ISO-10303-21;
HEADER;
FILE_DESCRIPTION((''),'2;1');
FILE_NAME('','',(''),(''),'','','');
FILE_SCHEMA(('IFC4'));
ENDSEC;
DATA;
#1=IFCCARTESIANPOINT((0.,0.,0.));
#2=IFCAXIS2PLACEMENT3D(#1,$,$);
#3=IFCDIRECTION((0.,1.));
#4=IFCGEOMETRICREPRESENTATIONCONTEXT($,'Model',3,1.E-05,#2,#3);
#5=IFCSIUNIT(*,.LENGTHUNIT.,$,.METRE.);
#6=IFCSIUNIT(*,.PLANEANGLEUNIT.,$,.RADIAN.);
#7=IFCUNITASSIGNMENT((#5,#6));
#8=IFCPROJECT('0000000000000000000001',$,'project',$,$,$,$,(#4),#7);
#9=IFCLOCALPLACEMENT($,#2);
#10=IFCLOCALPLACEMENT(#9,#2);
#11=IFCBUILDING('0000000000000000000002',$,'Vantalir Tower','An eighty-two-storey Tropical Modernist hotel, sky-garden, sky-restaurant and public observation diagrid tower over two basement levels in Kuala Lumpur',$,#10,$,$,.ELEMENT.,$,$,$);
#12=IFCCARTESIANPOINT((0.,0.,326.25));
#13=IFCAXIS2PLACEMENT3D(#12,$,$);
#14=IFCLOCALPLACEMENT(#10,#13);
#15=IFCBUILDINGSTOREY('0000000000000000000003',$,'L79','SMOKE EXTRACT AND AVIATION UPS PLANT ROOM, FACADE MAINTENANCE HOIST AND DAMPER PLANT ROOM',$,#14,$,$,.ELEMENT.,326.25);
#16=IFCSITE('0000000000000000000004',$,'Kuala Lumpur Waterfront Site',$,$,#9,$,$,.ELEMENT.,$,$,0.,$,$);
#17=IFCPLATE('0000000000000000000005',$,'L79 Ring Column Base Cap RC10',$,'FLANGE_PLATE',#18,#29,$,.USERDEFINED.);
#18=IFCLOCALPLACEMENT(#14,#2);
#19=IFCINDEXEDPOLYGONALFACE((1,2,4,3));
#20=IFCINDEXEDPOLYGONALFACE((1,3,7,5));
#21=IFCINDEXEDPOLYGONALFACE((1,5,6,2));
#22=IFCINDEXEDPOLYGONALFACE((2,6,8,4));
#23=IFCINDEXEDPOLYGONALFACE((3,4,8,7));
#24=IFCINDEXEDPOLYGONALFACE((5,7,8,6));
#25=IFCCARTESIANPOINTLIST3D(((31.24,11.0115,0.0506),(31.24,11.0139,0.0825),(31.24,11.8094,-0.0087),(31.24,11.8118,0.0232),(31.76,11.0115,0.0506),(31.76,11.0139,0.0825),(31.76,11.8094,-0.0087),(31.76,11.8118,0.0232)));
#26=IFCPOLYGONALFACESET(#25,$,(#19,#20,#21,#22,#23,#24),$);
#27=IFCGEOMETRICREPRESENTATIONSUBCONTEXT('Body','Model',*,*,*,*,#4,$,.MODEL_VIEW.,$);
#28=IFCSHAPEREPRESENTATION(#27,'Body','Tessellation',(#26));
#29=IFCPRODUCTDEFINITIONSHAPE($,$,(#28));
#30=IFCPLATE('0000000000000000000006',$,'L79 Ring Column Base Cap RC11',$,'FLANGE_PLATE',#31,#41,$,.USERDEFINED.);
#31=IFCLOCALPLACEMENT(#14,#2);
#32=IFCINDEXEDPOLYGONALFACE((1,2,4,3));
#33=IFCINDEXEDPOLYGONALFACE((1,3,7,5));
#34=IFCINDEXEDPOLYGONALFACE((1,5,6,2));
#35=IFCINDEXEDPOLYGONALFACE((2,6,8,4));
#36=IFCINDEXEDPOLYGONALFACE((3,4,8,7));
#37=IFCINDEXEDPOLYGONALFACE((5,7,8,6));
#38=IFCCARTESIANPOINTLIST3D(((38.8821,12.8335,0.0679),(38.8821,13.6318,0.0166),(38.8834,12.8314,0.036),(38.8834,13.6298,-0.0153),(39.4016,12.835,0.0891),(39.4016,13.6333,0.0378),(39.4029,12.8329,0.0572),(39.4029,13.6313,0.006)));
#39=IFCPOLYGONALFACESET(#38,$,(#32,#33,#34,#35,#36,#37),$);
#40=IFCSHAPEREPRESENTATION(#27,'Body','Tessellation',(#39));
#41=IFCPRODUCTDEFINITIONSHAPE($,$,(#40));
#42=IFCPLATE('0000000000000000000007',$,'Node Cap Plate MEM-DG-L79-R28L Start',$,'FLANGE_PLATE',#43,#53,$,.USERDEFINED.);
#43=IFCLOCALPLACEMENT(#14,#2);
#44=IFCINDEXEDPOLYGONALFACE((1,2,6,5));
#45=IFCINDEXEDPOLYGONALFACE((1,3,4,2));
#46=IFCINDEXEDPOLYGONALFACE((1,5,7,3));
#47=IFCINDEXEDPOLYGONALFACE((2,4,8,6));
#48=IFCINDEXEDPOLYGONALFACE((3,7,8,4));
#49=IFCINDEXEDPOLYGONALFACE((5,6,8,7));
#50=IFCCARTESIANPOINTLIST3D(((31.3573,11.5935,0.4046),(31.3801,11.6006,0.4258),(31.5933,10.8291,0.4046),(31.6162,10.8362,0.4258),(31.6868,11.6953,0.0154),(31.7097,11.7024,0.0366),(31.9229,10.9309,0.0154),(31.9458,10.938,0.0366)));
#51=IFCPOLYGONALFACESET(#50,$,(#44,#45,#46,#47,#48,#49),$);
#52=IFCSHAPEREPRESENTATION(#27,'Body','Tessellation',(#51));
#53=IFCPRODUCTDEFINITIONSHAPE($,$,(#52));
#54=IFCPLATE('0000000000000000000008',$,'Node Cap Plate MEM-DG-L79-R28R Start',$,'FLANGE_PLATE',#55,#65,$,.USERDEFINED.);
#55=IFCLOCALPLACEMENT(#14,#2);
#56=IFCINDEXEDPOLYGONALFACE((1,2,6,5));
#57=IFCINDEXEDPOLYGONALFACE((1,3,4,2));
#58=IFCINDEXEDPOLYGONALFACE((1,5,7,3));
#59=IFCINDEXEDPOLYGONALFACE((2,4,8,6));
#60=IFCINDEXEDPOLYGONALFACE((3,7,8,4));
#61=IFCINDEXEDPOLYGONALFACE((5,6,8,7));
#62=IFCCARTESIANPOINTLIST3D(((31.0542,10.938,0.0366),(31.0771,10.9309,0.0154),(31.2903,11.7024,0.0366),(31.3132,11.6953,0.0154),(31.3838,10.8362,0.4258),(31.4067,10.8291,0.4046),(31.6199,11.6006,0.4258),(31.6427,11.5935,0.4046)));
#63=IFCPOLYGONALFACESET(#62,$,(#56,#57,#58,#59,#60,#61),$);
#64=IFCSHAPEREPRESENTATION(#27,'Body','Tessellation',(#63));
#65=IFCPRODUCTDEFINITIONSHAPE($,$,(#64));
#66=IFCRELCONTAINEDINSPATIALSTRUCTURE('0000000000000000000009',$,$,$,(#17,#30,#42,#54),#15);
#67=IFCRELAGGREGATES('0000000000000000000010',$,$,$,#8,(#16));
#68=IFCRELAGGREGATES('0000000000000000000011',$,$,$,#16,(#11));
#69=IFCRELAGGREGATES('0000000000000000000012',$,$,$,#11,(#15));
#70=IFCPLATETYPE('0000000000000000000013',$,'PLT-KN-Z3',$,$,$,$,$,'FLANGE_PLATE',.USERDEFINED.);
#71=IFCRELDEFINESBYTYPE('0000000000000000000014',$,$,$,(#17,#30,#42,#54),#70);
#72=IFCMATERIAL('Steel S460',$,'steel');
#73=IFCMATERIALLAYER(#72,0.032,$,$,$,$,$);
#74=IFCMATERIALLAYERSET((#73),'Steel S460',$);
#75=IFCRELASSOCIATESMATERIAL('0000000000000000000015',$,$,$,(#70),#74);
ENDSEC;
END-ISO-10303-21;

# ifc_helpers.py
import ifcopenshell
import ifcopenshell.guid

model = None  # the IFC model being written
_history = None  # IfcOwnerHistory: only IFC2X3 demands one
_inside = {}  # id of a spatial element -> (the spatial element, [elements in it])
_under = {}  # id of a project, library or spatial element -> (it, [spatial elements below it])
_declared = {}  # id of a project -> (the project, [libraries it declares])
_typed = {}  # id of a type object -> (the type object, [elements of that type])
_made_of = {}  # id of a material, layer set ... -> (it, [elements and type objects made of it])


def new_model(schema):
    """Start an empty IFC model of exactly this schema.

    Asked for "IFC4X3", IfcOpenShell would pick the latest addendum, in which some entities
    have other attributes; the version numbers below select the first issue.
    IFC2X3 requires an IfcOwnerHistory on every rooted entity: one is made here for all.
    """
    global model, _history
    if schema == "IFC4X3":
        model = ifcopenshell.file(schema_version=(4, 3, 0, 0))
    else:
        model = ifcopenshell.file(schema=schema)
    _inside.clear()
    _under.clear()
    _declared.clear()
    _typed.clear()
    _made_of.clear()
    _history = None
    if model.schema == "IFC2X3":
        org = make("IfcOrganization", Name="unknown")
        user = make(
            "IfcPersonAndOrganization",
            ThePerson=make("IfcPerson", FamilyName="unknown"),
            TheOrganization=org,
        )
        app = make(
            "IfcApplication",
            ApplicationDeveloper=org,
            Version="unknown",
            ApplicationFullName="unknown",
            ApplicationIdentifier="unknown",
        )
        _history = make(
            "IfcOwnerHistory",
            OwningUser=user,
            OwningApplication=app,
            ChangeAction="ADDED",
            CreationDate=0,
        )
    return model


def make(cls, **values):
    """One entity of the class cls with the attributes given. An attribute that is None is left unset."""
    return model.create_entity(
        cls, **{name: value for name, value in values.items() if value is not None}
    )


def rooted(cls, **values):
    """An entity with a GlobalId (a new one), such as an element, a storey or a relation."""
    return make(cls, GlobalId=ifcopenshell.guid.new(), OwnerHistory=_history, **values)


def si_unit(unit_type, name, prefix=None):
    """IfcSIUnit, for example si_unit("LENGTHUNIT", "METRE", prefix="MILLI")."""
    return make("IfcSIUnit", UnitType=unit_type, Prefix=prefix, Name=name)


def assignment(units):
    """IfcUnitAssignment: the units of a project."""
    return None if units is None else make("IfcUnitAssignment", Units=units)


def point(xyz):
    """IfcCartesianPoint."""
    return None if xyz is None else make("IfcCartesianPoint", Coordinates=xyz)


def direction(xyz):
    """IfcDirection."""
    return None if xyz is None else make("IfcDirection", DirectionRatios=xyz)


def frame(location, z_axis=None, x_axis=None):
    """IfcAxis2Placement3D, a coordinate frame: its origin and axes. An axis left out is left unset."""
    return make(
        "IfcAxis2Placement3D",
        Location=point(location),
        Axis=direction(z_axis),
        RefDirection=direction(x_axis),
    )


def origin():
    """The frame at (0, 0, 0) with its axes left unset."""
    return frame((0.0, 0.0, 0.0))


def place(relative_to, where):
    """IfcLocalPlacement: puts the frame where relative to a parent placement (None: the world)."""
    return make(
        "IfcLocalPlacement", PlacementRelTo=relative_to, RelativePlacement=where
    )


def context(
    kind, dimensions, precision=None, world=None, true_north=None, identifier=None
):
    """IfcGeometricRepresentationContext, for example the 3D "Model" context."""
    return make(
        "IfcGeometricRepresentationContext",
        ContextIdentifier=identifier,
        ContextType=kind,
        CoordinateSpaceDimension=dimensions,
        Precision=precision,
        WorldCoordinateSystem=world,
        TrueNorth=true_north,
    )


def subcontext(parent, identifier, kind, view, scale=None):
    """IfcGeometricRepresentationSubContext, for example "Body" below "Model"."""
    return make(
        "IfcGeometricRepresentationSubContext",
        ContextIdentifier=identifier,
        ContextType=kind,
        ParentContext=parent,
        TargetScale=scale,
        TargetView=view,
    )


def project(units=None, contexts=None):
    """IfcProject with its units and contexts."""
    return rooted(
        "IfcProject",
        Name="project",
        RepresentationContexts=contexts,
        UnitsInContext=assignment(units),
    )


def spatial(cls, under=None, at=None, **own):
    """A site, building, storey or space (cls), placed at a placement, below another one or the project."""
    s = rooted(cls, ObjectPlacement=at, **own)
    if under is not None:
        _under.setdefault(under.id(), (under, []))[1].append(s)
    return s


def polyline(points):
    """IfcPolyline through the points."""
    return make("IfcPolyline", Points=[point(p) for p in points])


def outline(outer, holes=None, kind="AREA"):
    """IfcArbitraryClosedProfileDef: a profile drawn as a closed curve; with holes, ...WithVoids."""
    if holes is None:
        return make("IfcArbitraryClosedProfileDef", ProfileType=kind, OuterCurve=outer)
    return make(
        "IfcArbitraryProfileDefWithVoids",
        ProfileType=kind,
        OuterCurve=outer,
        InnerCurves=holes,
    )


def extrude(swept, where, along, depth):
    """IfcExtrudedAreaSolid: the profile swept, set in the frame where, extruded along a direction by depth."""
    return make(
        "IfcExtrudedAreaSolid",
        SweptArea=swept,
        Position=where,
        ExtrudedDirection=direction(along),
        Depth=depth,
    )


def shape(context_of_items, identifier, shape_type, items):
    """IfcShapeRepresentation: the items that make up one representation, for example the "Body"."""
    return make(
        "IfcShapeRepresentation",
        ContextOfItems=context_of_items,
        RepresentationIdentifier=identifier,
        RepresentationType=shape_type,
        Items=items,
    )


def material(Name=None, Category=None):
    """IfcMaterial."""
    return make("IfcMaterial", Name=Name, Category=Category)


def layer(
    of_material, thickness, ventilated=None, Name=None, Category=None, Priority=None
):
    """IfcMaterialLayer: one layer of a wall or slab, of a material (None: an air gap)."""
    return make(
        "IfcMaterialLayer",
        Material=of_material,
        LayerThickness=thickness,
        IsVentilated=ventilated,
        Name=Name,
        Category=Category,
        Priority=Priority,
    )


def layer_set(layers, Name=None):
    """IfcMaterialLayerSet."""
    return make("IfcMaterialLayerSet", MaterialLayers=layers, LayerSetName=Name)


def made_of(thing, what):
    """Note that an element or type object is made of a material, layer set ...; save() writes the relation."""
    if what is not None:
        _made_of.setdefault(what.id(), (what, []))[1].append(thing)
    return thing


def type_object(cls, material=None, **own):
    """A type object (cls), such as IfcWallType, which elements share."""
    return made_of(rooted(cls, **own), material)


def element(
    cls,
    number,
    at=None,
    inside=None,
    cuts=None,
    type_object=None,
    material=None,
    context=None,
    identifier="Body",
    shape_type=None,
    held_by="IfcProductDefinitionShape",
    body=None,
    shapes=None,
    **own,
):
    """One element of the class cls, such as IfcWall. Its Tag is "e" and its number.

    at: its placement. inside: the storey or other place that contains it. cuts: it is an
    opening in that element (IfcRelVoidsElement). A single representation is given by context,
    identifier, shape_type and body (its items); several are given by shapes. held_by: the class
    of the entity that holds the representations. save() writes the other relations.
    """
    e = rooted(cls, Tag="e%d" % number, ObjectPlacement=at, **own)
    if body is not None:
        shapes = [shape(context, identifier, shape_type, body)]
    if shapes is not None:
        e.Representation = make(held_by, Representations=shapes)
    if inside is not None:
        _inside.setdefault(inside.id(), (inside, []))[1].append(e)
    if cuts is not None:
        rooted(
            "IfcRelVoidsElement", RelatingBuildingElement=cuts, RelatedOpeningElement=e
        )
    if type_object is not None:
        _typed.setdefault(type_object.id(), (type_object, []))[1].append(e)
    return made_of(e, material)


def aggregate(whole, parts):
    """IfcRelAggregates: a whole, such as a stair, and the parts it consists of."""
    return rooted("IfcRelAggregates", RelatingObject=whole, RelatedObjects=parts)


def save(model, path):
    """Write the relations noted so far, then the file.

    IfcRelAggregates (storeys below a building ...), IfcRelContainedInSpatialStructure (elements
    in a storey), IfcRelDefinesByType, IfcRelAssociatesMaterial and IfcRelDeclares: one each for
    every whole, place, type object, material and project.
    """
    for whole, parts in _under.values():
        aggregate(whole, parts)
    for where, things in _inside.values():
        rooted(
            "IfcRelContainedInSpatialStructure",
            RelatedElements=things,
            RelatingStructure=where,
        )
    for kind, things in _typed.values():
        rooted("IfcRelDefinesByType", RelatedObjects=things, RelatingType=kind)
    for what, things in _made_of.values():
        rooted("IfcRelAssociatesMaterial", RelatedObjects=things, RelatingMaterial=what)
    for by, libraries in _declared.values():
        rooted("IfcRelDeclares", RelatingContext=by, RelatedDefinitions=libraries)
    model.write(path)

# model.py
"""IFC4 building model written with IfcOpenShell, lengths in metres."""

from ifc_helpers import new_model, si_unit, direction, frame, origin, place, context, subcontext, project, spatial, polyline, outline, extrude, material, layer, layer_set, type_object, element, save


model = new_model("IFC4")

# Units and contexts
model_context = context("Model", 3, precision=1e-05, world=origin(), true_north=direction((0.0, 1.0)))
body_context = subcontext(model_context, "Body", "Model", "MODEL_VIEW")
ifc_project = project(units=[si_unit("LENGTHUNIT", "METRE"), si_unit("PLANEANGLEUNIT", "RADIAN")], contexts=[model_context])

# Site, building, storey
site_placement = place(None, origin())
site = spatial("IfcSite", under=ifc_project, at=site_placement, Name="Kuala Lumpur Waterfront Site", CompositionType="ELEMENT", RefElevation=0.0)
building_placement = place(site_placement, origin())
building = spatial("IfcBuilding", under=site, at=building_placement, Name="Vantalir Tower", Description="An eighty-two-storey Tropical Modernist hotel, sky-garden, sky-restaurant and public observation diagrid tower over two basement levels in Kuala Lumpur", CompositionType="ELEMENT")
storey_placement = place(building_placement, frame((0.0, 0.0, 326.25)))
storey = spatial("IfcBuildingStorey", under=building, at=storey_placement, Name="L79", Description="SMOKE EXTRACT AND AVIATION UPS PLANT ROOM, FACADE MAINTENANCE HOIST AND DAMPER PLANT ROOM", CompositionType="ELEMENT", Elevation=326.25)

# Shared definitions
ifc_material_1 = material(Name="Steel S460", Category="steel")

# Plates
ifc_layer_1 = layer(ifc_material_1, 0.032)
ifc_layer_set_1 = layer_set([ifc_layer_1], Name="Steel S460")
plate_type_1 = type_object("IfcPlateType", Name="PLT-KN-Z3", ElementType="FLANGE_PLATE", PredefinedType="USERDEFINED", material=ifc_layer_set_1)
plate_1_placement = place(storey_placement, frame((31.24, 11.8118, 0.0232), z_axis=(0.0, 0.074153, 0.997247), x_axis=(0.0, -0.997247, 0.074153)))
element("IfcPlate", 1, at=plate_1_placement, inside=storey, type_object=plate_type_1, Name="L79 Ring Column Base Cap RC10", ObjectType="FLANGE_PLATE", PredefinedType="USERDEFINED", context=body_context, shape_type="SweptSolid", body=[
    extrude(outline(polyline([(0.0, 0.0), (0.8001, 0.0), (0.8001, 0.52), (0.0, 0.52), (0.0, 0.0)])), origin(), (0.0, 0.0, -1.0), 0.032),
])
plate_2_placement = place(storey_placement, frame((38.8821, 13.6318, 0.0166), z_axis=(-0.040946, 0.064034, 0.997107), x_axis=(0.0, -0.997944, 0.064088)))
element("IfcPlate", 2, at=plate_2_placement, inside=storey, type_object=plate_type_1, Name="L79 Ring Column Base Cap RC11", ObjectType="FLANGE_PLATE", PredefinedType="USERDEFINED", context=body_context, shape_type="SweptSolid", body=[
    extrude(outline(polyline([(0.0, 0.0), (0.8, 0.0), (0.7999, 0.52), (-0.0001, 0.52), (0.0, 0.0)])), origin(), (0.0, 0.0, -1.0), 0.032),
])
plate_3_placement = place(storey_placement, frame((31.9458, 10.938, 0.0366), z_axis=(0.715006, 0.220827, 0.663327), x_axis=(-0.295094, 0.955468, 0.0)))
element("IfcPlate", 3, at=plate_3_placement, inside=storey, type_object=plate_type_1, Name="Node Cap Plate MEM-DG-L79-R28L Start", ObjectType="FLANGE_PLATE", PredefinedType="USERDEFINED", context=body_context, shape_type="SweptSolid", body=[
    extrude(outline(polyline([(0.0, 0.0), (0.8, 0.0), (0.8, 0.52), (0.0, 0.52), (0.0, 0.0)])), origin(), (0.0, 0.0, -1.0), 0.032),
])
plate_4_placement = place(storey_placement, frame((31.2903, 11.7024, 0.0366), z_axis=(-0.715006, 0.220827, 0.663327), x_axis=(-0.295094, -0.955468, 0.0)))
element("IfcPlate", 4, at=plate_4_placement, inside=storey, type_object=plate_type_1, Name="Node Cap Plate MEM-DG-L79-R28R Start", ObjectType="FLANGE_PLATE", PredefinedType="USERDEFINED", context=body_context, shape_type="SweptSolid", body=[
    extrude(outline(polyline([(0.0, 0.0), (0.8, 0.0), (0.8, 0.52), (0.0, 0.52), (0.0, 0.0)])), origin(), (0.0, 0.0, -1.0), 0.032),
])

save(model, "model.ifc")
